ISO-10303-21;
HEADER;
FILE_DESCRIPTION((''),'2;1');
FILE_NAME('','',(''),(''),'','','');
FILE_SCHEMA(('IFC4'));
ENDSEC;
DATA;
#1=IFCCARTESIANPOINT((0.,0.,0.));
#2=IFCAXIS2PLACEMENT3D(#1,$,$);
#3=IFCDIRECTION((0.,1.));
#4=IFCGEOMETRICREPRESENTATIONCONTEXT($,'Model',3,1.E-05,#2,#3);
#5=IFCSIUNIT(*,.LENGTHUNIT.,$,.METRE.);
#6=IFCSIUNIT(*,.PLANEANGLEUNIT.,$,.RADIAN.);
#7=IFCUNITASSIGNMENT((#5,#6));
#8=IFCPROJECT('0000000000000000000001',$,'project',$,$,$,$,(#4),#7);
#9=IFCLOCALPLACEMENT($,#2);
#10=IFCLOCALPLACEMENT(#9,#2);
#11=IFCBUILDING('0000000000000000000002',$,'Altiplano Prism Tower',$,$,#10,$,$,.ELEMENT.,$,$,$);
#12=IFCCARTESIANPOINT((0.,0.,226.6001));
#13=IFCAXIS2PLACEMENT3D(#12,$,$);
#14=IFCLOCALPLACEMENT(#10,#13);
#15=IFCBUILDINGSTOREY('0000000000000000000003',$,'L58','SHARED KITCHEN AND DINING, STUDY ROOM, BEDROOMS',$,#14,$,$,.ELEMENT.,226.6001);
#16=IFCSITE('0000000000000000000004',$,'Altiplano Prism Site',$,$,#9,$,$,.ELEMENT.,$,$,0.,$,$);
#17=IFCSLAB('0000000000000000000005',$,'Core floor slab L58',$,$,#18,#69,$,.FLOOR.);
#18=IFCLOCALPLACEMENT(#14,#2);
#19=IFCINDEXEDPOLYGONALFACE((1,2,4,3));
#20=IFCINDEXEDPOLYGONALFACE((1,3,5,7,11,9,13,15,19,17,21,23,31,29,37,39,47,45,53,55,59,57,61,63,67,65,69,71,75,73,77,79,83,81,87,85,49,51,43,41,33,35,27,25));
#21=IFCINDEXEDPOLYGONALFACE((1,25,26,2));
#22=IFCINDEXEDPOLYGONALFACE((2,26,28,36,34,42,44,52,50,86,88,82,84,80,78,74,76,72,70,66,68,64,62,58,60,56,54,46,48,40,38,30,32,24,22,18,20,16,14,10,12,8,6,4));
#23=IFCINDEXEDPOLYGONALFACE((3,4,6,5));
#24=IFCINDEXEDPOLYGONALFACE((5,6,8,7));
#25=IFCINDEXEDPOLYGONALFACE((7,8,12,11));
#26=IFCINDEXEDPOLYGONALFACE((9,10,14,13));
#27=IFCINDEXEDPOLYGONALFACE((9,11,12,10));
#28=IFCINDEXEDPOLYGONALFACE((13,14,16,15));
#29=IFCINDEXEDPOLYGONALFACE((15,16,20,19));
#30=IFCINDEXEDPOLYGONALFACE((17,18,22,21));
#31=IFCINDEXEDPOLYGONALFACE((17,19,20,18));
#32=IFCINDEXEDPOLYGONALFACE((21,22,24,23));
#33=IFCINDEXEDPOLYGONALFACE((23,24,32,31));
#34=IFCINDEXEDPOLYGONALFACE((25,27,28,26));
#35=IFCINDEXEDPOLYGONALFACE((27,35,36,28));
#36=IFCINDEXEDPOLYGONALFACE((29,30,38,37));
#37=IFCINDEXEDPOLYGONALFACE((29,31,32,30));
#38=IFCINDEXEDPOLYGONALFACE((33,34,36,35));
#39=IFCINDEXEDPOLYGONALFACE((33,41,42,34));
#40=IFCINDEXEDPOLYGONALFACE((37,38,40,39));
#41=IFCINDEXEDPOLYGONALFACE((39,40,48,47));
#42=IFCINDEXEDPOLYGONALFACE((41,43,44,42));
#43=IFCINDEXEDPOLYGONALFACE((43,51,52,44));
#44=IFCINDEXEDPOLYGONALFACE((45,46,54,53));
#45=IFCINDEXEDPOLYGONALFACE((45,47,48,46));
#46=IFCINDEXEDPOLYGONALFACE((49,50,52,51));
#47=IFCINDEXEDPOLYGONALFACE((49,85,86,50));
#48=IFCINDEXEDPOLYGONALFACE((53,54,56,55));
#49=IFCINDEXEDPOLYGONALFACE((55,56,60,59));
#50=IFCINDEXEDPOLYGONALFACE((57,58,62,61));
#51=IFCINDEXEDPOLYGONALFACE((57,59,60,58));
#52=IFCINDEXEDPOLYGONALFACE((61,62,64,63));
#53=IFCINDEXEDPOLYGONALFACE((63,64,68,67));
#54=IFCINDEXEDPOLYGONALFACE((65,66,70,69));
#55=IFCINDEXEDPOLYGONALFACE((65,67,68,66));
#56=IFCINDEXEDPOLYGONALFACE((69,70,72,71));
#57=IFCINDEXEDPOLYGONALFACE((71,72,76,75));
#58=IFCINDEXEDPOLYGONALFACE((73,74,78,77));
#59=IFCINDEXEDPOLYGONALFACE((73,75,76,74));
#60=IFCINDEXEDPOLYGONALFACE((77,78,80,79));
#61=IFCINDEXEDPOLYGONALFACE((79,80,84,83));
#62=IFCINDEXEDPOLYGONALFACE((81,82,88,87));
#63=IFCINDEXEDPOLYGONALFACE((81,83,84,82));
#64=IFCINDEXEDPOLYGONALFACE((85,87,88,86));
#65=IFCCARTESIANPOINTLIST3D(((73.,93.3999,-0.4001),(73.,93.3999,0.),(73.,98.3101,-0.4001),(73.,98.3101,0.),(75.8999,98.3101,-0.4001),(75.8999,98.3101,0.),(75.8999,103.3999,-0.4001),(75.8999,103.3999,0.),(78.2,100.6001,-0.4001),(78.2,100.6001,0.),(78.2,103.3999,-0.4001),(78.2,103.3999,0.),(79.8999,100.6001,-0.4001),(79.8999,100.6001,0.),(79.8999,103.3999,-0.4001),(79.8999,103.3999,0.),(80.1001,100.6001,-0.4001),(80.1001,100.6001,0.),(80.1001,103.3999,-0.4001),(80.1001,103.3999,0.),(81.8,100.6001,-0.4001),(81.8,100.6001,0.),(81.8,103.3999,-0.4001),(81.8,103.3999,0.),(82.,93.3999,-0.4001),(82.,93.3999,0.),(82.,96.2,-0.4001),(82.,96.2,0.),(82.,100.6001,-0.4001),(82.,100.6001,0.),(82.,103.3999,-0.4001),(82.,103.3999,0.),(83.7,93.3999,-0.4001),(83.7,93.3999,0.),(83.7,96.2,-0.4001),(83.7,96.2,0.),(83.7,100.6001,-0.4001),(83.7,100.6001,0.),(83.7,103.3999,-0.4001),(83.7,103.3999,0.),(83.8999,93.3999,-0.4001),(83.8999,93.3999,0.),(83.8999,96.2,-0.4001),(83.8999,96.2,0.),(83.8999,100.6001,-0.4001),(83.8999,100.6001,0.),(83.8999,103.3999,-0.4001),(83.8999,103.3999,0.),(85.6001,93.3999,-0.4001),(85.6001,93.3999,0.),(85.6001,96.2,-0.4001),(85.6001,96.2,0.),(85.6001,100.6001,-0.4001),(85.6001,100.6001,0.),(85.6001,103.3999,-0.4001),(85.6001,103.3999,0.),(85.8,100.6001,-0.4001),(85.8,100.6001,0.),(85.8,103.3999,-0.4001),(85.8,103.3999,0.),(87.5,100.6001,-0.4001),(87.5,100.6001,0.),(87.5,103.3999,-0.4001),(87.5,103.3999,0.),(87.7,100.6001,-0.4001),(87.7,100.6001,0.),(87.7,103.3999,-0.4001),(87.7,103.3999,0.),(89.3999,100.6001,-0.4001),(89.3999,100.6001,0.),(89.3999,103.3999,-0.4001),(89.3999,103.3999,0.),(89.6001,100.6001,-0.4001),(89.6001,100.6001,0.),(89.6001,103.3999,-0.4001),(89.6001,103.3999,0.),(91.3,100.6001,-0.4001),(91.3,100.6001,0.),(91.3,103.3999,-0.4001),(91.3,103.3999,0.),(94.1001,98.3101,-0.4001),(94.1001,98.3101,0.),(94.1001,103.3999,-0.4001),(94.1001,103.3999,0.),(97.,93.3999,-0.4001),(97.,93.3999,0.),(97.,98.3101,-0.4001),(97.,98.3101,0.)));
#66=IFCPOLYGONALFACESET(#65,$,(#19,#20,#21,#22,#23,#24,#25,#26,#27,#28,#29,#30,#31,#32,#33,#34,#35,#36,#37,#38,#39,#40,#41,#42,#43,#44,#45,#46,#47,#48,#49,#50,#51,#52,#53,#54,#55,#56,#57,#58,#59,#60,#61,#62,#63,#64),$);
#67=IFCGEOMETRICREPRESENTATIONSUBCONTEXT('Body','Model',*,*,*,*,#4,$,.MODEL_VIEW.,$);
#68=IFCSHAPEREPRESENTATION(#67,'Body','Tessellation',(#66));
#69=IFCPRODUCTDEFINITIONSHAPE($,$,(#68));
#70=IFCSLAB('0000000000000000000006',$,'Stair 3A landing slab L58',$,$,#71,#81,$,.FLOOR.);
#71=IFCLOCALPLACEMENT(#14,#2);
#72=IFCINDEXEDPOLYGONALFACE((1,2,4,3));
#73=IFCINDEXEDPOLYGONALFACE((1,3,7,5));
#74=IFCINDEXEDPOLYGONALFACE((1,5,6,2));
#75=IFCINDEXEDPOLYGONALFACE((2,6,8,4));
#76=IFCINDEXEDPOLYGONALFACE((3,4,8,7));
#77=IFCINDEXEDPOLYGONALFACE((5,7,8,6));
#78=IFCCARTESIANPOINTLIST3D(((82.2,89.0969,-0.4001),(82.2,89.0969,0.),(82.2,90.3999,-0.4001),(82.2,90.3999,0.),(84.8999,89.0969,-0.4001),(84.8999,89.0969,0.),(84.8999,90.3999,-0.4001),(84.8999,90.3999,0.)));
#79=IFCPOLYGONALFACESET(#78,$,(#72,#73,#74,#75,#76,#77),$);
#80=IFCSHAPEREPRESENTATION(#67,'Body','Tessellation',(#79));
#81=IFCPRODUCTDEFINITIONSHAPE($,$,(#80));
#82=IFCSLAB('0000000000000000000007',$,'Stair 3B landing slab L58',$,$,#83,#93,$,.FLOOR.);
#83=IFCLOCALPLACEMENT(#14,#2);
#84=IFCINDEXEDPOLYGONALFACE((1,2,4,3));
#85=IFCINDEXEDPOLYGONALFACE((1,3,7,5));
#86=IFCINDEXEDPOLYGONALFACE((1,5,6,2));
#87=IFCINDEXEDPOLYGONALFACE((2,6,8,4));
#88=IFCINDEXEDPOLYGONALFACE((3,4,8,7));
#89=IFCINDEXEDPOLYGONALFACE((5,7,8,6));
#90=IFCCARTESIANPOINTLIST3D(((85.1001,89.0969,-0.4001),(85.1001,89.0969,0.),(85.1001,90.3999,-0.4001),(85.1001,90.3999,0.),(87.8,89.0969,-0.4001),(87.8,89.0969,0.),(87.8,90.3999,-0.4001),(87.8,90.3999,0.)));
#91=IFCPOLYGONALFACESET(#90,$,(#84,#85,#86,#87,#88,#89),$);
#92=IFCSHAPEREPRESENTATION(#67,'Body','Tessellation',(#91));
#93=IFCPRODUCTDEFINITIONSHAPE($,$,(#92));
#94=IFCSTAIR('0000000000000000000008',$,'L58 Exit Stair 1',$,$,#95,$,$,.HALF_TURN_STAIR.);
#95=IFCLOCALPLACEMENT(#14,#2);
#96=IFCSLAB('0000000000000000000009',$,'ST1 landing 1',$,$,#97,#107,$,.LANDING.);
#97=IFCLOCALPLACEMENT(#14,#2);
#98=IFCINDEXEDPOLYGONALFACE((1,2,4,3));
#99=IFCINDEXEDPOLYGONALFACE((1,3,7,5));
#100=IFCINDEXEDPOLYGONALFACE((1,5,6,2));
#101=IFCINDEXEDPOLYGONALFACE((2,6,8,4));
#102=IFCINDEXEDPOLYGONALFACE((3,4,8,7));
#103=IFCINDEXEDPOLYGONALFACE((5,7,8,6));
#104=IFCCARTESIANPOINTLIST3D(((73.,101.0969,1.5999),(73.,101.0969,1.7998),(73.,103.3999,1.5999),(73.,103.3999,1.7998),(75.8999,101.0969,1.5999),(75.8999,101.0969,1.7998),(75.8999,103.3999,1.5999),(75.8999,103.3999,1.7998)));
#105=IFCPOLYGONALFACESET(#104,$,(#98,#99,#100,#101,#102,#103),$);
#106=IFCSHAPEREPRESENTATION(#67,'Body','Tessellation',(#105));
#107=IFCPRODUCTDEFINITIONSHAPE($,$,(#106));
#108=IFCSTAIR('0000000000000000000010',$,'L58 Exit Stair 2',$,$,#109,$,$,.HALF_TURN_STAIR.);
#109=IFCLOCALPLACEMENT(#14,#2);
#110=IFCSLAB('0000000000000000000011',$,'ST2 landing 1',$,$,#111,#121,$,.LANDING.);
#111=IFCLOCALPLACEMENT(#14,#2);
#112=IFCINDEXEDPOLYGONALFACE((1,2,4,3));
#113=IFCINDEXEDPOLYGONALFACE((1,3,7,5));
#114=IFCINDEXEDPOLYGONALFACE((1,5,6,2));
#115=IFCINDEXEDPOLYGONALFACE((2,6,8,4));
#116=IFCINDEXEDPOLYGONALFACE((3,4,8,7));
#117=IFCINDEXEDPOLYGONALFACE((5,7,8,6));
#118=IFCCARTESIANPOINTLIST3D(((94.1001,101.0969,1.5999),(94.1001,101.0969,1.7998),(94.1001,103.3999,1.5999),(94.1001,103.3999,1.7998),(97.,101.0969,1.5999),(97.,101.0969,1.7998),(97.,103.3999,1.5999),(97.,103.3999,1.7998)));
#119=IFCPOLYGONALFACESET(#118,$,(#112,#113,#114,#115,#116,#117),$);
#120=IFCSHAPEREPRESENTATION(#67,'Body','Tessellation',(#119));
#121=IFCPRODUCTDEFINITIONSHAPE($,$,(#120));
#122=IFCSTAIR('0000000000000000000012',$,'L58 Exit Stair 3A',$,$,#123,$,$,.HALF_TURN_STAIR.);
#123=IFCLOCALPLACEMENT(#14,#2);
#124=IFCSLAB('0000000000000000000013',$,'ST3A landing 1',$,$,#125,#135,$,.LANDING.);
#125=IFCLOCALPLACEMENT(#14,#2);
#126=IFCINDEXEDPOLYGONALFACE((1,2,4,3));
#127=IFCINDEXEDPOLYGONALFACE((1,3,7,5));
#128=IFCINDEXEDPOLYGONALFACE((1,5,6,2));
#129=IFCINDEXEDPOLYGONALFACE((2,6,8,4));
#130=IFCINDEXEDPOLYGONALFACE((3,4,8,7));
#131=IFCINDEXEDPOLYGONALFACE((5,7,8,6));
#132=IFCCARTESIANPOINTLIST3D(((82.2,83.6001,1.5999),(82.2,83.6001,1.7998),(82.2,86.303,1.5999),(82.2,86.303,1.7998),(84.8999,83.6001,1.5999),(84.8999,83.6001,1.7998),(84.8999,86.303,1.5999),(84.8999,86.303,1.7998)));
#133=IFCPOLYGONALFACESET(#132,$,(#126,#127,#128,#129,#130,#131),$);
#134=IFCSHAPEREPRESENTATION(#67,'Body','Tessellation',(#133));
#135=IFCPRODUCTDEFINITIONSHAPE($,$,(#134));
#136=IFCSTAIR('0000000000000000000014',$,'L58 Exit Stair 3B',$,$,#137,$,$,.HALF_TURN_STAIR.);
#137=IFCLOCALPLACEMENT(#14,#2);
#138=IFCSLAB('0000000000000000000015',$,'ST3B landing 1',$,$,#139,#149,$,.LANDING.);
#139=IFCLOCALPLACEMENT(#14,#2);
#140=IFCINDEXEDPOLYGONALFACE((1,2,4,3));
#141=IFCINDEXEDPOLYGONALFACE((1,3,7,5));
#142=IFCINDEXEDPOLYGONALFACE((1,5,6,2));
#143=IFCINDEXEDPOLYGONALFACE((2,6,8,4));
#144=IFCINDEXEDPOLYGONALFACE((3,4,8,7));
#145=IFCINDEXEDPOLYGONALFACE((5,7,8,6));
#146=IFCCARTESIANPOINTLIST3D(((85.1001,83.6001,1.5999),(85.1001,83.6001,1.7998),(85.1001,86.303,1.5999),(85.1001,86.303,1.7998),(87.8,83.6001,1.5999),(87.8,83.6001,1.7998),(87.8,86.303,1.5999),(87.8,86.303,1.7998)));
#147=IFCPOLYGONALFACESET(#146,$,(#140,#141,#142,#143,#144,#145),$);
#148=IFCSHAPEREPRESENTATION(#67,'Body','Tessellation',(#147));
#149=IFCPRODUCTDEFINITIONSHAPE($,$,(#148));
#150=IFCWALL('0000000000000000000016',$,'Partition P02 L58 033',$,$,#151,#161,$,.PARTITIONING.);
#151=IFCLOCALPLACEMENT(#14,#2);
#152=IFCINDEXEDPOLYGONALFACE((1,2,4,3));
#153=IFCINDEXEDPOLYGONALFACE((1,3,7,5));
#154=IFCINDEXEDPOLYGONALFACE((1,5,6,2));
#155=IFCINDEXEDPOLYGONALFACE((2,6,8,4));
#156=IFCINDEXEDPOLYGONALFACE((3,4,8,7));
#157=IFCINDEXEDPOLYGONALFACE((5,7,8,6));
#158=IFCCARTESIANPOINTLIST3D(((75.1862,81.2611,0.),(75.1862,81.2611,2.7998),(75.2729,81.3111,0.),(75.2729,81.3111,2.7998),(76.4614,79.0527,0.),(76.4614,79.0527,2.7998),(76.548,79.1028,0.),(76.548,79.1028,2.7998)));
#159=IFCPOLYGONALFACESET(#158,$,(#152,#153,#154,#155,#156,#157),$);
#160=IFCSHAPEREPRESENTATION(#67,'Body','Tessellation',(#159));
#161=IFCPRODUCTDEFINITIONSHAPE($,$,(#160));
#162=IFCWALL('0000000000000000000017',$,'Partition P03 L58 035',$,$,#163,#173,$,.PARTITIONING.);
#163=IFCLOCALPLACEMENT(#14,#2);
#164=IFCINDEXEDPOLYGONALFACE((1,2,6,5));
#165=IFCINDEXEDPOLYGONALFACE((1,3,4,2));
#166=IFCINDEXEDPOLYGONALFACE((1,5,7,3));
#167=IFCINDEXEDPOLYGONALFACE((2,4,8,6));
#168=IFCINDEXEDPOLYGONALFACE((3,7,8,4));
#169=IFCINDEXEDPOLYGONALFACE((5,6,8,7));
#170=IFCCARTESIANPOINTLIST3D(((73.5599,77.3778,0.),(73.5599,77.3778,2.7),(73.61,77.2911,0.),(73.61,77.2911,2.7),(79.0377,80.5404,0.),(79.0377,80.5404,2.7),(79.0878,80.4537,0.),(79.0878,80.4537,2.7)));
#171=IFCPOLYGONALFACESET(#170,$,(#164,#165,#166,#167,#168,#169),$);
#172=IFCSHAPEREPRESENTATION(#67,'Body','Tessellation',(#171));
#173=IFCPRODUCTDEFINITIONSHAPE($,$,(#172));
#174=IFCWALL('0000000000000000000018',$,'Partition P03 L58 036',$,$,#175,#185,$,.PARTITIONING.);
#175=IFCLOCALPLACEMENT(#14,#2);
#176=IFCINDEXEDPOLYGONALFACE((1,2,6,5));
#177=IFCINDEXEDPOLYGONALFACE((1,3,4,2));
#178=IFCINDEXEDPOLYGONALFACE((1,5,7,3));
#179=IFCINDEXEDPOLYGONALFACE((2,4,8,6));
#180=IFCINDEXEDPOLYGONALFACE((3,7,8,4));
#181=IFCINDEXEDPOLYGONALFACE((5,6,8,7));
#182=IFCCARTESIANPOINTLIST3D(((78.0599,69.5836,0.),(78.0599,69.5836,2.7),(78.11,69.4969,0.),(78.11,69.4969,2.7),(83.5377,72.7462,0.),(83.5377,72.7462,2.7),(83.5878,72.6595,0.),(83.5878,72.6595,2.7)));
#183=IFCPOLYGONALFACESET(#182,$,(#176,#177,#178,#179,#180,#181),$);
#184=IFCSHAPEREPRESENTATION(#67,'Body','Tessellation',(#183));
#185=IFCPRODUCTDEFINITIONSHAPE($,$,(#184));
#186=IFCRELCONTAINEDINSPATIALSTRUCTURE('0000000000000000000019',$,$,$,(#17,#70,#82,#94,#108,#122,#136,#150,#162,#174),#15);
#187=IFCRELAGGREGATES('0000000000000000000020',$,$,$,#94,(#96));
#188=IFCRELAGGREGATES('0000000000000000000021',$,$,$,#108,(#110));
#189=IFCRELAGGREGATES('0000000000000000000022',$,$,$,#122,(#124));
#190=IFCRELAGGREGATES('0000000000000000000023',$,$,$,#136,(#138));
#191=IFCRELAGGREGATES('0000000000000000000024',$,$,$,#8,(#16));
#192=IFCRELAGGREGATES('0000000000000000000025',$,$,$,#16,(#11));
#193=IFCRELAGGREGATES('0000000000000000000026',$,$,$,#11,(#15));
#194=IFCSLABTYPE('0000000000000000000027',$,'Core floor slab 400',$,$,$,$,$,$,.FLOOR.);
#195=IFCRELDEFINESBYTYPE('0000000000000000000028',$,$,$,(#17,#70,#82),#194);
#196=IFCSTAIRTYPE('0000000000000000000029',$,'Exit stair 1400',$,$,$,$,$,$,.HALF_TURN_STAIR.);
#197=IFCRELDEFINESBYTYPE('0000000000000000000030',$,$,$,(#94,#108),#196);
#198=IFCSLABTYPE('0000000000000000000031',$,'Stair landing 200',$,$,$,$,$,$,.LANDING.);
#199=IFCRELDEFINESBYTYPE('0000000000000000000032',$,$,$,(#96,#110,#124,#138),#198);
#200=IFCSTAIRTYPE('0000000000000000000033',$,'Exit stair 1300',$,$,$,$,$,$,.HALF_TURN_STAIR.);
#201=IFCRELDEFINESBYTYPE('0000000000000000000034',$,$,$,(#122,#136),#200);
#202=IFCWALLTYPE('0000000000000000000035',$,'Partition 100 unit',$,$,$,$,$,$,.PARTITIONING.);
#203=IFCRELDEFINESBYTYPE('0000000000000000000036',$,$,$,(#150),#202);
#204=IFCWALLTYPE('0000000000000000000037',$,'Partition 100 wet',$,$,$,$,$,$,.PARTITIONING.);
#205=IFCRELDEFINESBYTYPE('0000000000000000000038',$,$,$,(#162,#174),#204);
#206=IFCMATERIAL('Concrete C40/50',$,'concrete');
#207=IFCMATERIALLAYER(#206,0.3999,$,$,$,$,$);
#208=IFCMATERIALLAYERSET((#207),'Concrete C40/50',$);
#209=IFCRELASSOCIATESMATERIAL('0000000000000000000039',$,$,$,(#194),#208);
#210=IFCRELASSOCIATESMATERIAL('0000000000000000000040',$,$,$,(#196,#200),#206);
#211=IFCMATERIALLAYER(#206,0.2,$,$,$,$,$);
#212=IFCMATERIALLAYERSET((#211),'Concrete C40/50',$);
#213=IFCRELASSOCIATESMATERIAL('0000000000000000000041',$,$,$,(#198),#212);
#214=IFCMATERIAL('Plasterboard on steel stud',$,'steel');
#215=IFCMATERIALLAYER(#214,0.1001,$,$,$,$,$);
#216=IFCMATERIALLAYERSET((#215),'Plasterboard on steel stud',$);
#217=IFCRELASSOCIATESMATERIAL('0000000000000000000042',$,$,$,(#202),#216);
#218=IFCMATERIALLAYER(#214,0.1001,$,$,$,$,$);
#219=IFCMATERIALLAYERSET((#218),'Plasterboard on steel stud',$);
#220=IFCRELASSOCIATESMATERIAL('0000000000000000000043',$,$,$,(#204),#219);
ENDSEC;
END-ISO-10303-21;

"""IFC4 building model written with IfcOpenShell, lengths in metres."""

from ifc_helpers import new_model, si_unit, direction, frame, frame_2d, origin, place, context, subcontext, project, spatial, polyline, rectangle, outline, extrude, material, layer, layer_set, type_object, element, aggregate, save


model = new_model("IFC4")

# Units and contexts
model_context = context("Model", 3, precision=1e-05, world=origin(), true_north=direction((0.0, 1.0)))
body_context = subcontext(model_context, "Body", "Model", "MODEL_VIEW")
ifc_project = project(units=[si_unit("LENGTHUNIT", "METRE"), si_unit("PLANEANGLEUNIT", "RADIAN")], contexts=[model_context])

# Site, building, storey
site_placement = place(None, origin())
site = spatial("IfcSite", under=ifc_project, at=site_placement, Name="Altiplano Prism Site", CompositionType="ELEMENT", RefElevation=0.0)
building_placement = place(site_placement, origin())
building = spatial("IfcBuilding", under=site, at=building_placement, Name="Altiplano Prism Tower", CompositionType="ELEMENT")
storey_placement = place(building_placement, frame((0.0, 0.0, 226.6001)))
storey = spatial("IfcBuildingStorey", under=building, at=storey_placement, Name="L58", Description="SHARED KITCHEN AND DINING, STUDY ROOM, BEDROOMS", CompositionType="ELEMENT", Elevation=226.6001)

# Slabs
ifc_material_1 = material(Name="Concrete C40/50", Category="concrete")
ifc_layer_1 = layer(ifc_material_1, 0.3999)
ifc_layer_set_1 = layer_set([ifc_layer_1], Name="Concrete C40/50")
slab_type_1 = type_object("IfcSlabType", Name="Core floor slab 400", PredefinedType="FLOOR", material=ifc_layer_set_1)
slab_1_placement = place(storey_placement, frame((0.0, 0.0, -0.4001)))
element("IfcSlab", 1, at=slab_1_placement, inside=storey, type_object=slab_type_1, Name="Core floor slab L58", PredefinedType="FLOOR", context=body_context, shape_type="SweptSolid", body=[
    extrude(outline(polyline([(97.0, 98.3101), (94.1001, 98.3101), (94.1001, 103.3999), (91.3, 103.3999), (91.3, 100.6001), (89.6001, 100.6001), (89.6001, 103.3999), (89.3999, 103.3999), (89.3999, 100.6001), (87.7, 100.6001), (87.7, 103.3999), (87.5, 103.3999), (87.5, 100.6001), (85.8, 100.6001), (85.8, 103.3999), (85.6001, 103.3999), (85.6001, 100.6001), (83.8999, 100.6001), (83.8999, 103.3999), (83.7, 103.3999), (83.7, 100.6001), (82.0, 100.6001), (82.0, 103.3999), (81.8, 103.3999), (81.8, 100.6001), (80.1001, 100.6001), (80.1001, 103.3999), (79.8999, 103.3999), (79.8999, 100.6001), (78.2, 100.6001), (78.2, 103.3999), (75.8999, 103.3999), (75.8999, 98.3101), (73.0, 98.3101), (73.0, 93.3999), (82.0, 93.3999), (82.0, 96.2), (83.7, 96.2), (83.7, 93.3999), (83.8999, 93.3999), (83.8999, 96.2), (85.6001, 96.2), (85.6001, 93.3999), (97.0, 93.3999), (97.0, 98.3101)])), origin(), (0.0, 0.0, 1.0), 0.4001),
])
slab_2_placement = place(storey_placement, frame((0.0, 0.0, -0.4001)))
element("IfcSlab", 2, at=slab_2_placement, inside=storey, type_object=slab_type_1, Name="Stair 3A landing slab L58", PredefinedType="FLOOR", context=body_context, shape_type="SweptSolid", body=[
    extrude(outline(polyline([(82.2, 89.0969), (84.8999, 89.0969), (84.8999, 90.3999), (82.2, 90.3999), (82.2, 89.0969)])), origin(), (0.0, 0.0, 1.0), 0.4001),
])
slab_3_placement = place(storey_placement, frame((0.0, 0.0, -0.4001)))
element("IfcSlab", 3, at=slab_3_placement, inside=storey, type_object=slab_type_1, Name="Stair 3B landing slab L58", PredefinedType="FLOOR", context=body_context, shape_type="SweptSolid", body=[
    extrude(outline(polyline([(85.1001, 89.0969), (87.8, 89.0969), (87.8, 90.3999), (85.1001, 90.3999), (85.1001, 89.0969)])), origin(), (0.0, 0.0, 1.0), 0.4001),
])

# Stairs, slabs
stair_type_1 = type_object("IfcStairType", Name="Exit stair 1400", PredefinedType="HALF_TURN_STAIR", material=ifc_material_1)
stair_1_placement = place(storey_placement, origin())
stair_1 = element("IfcStair", 4, at=stair_1_placement, inside=storey, type_object=stair_type_1, Name="L58 Exit Stair 1", PredefinedType="HALF_TURN_STAIR")
ifc_layer_2 = layer(ifc_material_1, 0.2)
ifc_layer_set_2 = layer_set([ifc_layer_2], Name="Concrete C40/50")
slab_type_2 = type_object("IfcSlabType", Name="Stair landing 200", PredefinedType="LANDING", material=ifc_layer_set_2)
slab_4_placement = place(storey_placement, frame((0.0, 0.0, 1.5999)))
slab_4 = element("IfcSlab", 5, at=slab_4_placement, type_object=slab_type_2, Name="ST1 landing 1", PredefinedType="LANDING", context=body_context, shape_type="SweptSolid", body=[
    extrude(outline(polyline([(75.8999, 101.0969), (75.8999, 103.3999), (73.0, 103.3999), (73.0, 101.0969), (75.8999, 101.0969)])), origin(), (0.0, 0.0, 1.0), 0.2),
])
aggregate(stair_1, [slab_4])
stair_2_placement = place(storey_placement, origin())
stair_2 = element("IfcStair", 6, at=stair_2_placement, inside=storey, type_object=stair_type_1, Name="L58 Exit Stair 2", PredefinedType="HALF_TURN_STAIR")
slab_5_placement = place(storey_placement, frame((0.0, 0.0, 1.5999)))
slab_5 = element("IfcSlab", 7, at=slab_5_placement, type_object=slab_type_2, Name="ST2 landing 1", PredefinedType="LANDING", context=body_context, shape_type="SweptSolid", body=[
    extrude(outline(polyline([(97.0, 101.0969), (97.0, 103.3999), (94.1001, 103.3999), (94.1001, 101.0969), (97.0, 101.0969)])), origin(), (0.0, 0.0, 1.0), 0.2),
])
aggregate(stair_2, [slab_5])
stair_type_2 = type_object("IfcStairType", Name="Exit stair 1300", PredefinedType="HALF_TURN_STAIR", material=ifc_material_1)
stair_3_placement = place(storey_placement, origin())
stair_3 = element("IfcStair", 8, at=stair_3_placement, inside=storey, type_object=stair_type_2, Name="L58 Exit Stair 3A", PredefinedType="HALF_TURN_STAIR")
slab_6_placement = place(storey_placement, frame((0.0, 0.0, 1.5999)))
slab_6 = element("IfcSlab", 9, at=slab_6_placement, type_object=slab_type_2, Name="ST3A landing 1", PredefinedType="LANDING", context=body_context, shape_type="SweptSolid", body=[
    extrude(outline(polyline([(82.2, 86.303), (82.2, 83.6001), (84.8999, 83.6001), (84.8999, 86.303), (82.2, 86.303)])), origin(), (0.0, 0.0, 1.0), 0.2),
])
aggregate(stair_3, [slab_6])
stair_4_placement = place(storey_placement, origin())
stair_4 = element("IfcStair", 10, at=stair_4_placement, inside=storey, type_object=stair_type_2, Name="L58 Exit Stair 3B", PredefinedType="HALF_TURN_STAIR")
slab_7_placement = place(storey_placement, frame((0.0, 0.0, 1.5999)))
slab_7 = element("IfcSlab", 11, at=slab_7_placement, type_object=slab_type_2, Name="ST3B landing 1", PredefinedType="LANDING", context=body_context, shape_type="SweptSolid", body=[
    extrude(outline(polyline([(85.1001, 86.303), (85.1001, 83.6001), (87.8, 83.6001), (87.8, 86.303), (85.1001, 86.303)])), origin(), (0.0, 0.0, 1.0), 0.2),
])
aggregate(stair_4, [slab_7])

# Walls
ifc_material_2 = material(Name="Plasterboard on steel stud", Category="steel")
ifc_layer_3 = layer(ifc_material_2, 0.1001)
ifc_layer_set_3 = layer_set([ifc_layer_3], Name="Plasterboard on steel stud")
wall_type_1 = type_object("IfcWallType", Name="Partition 100 unit", PredefinedType="PARTITIONING", material=ifc_layer_set_3)
wall_placement = place(storey_placement, frame((76.5046, 79.0779, 0.0), z_axis=(0.0, 0.0, 1.0), x_axis=(-0.500062, 0.865989, 0.0)))
element("IfcWall", 12, at=wall_placement, inside=storey, type_object=wall_type_1, Name="Partition P02 L58 033", PredefinedType="PARTITIONING", context=body_context, shape_type="SweptSolid", body=[
    extrude(rectangle(XDim=2.55, YDim=0.1001, at=frame_2d((1.2749, 0.0))), origin(), (0.0, 0.0, 1.0), 2.7998),
])
ifc_layer_4 = layer(ifc_material_2, 0.1001)
ifc_layer_set_4 = layer_set([ifc_layer_4], Name="Plasterboard on steel stud")
wall_type_2 = type_object("IfcWallType", Name="Partition 100 wet", PredefinedType="PARTITIONING", material=ifc_layer_set_4)
for number, where, z_axis, x_axis, name in (
    (13, (73.585, 77.3345, 0.0), (0.0, 0.0, 1.0), (0.866026, 0.5, 0.0), "Partition P03 L58 035"),
    (14, (78.085, 69.5403, 0.0), (0.0, 0.0, 1.0), (0.866026, 0.5, 0.0), "Partition P03 L58 036"),
):
    element("IfcWall", number, at=place(storey_placement, frame(where, z_axis=z_axis, x_axis=x_axis)), inside=storey, type_object=wall_type_2, Name=name, PredefinedType="PARTITIONING", context=body_context, shape_type="SweptSolid", body=[
        extrude(rectangle(XDim=6.3252, YDim=0.1001, at=frame_2d((3.1626, 0.0))), origin(), (0.0, 0.0, 1.0), 2.7),
    ])

save(model, "model.ifc")
